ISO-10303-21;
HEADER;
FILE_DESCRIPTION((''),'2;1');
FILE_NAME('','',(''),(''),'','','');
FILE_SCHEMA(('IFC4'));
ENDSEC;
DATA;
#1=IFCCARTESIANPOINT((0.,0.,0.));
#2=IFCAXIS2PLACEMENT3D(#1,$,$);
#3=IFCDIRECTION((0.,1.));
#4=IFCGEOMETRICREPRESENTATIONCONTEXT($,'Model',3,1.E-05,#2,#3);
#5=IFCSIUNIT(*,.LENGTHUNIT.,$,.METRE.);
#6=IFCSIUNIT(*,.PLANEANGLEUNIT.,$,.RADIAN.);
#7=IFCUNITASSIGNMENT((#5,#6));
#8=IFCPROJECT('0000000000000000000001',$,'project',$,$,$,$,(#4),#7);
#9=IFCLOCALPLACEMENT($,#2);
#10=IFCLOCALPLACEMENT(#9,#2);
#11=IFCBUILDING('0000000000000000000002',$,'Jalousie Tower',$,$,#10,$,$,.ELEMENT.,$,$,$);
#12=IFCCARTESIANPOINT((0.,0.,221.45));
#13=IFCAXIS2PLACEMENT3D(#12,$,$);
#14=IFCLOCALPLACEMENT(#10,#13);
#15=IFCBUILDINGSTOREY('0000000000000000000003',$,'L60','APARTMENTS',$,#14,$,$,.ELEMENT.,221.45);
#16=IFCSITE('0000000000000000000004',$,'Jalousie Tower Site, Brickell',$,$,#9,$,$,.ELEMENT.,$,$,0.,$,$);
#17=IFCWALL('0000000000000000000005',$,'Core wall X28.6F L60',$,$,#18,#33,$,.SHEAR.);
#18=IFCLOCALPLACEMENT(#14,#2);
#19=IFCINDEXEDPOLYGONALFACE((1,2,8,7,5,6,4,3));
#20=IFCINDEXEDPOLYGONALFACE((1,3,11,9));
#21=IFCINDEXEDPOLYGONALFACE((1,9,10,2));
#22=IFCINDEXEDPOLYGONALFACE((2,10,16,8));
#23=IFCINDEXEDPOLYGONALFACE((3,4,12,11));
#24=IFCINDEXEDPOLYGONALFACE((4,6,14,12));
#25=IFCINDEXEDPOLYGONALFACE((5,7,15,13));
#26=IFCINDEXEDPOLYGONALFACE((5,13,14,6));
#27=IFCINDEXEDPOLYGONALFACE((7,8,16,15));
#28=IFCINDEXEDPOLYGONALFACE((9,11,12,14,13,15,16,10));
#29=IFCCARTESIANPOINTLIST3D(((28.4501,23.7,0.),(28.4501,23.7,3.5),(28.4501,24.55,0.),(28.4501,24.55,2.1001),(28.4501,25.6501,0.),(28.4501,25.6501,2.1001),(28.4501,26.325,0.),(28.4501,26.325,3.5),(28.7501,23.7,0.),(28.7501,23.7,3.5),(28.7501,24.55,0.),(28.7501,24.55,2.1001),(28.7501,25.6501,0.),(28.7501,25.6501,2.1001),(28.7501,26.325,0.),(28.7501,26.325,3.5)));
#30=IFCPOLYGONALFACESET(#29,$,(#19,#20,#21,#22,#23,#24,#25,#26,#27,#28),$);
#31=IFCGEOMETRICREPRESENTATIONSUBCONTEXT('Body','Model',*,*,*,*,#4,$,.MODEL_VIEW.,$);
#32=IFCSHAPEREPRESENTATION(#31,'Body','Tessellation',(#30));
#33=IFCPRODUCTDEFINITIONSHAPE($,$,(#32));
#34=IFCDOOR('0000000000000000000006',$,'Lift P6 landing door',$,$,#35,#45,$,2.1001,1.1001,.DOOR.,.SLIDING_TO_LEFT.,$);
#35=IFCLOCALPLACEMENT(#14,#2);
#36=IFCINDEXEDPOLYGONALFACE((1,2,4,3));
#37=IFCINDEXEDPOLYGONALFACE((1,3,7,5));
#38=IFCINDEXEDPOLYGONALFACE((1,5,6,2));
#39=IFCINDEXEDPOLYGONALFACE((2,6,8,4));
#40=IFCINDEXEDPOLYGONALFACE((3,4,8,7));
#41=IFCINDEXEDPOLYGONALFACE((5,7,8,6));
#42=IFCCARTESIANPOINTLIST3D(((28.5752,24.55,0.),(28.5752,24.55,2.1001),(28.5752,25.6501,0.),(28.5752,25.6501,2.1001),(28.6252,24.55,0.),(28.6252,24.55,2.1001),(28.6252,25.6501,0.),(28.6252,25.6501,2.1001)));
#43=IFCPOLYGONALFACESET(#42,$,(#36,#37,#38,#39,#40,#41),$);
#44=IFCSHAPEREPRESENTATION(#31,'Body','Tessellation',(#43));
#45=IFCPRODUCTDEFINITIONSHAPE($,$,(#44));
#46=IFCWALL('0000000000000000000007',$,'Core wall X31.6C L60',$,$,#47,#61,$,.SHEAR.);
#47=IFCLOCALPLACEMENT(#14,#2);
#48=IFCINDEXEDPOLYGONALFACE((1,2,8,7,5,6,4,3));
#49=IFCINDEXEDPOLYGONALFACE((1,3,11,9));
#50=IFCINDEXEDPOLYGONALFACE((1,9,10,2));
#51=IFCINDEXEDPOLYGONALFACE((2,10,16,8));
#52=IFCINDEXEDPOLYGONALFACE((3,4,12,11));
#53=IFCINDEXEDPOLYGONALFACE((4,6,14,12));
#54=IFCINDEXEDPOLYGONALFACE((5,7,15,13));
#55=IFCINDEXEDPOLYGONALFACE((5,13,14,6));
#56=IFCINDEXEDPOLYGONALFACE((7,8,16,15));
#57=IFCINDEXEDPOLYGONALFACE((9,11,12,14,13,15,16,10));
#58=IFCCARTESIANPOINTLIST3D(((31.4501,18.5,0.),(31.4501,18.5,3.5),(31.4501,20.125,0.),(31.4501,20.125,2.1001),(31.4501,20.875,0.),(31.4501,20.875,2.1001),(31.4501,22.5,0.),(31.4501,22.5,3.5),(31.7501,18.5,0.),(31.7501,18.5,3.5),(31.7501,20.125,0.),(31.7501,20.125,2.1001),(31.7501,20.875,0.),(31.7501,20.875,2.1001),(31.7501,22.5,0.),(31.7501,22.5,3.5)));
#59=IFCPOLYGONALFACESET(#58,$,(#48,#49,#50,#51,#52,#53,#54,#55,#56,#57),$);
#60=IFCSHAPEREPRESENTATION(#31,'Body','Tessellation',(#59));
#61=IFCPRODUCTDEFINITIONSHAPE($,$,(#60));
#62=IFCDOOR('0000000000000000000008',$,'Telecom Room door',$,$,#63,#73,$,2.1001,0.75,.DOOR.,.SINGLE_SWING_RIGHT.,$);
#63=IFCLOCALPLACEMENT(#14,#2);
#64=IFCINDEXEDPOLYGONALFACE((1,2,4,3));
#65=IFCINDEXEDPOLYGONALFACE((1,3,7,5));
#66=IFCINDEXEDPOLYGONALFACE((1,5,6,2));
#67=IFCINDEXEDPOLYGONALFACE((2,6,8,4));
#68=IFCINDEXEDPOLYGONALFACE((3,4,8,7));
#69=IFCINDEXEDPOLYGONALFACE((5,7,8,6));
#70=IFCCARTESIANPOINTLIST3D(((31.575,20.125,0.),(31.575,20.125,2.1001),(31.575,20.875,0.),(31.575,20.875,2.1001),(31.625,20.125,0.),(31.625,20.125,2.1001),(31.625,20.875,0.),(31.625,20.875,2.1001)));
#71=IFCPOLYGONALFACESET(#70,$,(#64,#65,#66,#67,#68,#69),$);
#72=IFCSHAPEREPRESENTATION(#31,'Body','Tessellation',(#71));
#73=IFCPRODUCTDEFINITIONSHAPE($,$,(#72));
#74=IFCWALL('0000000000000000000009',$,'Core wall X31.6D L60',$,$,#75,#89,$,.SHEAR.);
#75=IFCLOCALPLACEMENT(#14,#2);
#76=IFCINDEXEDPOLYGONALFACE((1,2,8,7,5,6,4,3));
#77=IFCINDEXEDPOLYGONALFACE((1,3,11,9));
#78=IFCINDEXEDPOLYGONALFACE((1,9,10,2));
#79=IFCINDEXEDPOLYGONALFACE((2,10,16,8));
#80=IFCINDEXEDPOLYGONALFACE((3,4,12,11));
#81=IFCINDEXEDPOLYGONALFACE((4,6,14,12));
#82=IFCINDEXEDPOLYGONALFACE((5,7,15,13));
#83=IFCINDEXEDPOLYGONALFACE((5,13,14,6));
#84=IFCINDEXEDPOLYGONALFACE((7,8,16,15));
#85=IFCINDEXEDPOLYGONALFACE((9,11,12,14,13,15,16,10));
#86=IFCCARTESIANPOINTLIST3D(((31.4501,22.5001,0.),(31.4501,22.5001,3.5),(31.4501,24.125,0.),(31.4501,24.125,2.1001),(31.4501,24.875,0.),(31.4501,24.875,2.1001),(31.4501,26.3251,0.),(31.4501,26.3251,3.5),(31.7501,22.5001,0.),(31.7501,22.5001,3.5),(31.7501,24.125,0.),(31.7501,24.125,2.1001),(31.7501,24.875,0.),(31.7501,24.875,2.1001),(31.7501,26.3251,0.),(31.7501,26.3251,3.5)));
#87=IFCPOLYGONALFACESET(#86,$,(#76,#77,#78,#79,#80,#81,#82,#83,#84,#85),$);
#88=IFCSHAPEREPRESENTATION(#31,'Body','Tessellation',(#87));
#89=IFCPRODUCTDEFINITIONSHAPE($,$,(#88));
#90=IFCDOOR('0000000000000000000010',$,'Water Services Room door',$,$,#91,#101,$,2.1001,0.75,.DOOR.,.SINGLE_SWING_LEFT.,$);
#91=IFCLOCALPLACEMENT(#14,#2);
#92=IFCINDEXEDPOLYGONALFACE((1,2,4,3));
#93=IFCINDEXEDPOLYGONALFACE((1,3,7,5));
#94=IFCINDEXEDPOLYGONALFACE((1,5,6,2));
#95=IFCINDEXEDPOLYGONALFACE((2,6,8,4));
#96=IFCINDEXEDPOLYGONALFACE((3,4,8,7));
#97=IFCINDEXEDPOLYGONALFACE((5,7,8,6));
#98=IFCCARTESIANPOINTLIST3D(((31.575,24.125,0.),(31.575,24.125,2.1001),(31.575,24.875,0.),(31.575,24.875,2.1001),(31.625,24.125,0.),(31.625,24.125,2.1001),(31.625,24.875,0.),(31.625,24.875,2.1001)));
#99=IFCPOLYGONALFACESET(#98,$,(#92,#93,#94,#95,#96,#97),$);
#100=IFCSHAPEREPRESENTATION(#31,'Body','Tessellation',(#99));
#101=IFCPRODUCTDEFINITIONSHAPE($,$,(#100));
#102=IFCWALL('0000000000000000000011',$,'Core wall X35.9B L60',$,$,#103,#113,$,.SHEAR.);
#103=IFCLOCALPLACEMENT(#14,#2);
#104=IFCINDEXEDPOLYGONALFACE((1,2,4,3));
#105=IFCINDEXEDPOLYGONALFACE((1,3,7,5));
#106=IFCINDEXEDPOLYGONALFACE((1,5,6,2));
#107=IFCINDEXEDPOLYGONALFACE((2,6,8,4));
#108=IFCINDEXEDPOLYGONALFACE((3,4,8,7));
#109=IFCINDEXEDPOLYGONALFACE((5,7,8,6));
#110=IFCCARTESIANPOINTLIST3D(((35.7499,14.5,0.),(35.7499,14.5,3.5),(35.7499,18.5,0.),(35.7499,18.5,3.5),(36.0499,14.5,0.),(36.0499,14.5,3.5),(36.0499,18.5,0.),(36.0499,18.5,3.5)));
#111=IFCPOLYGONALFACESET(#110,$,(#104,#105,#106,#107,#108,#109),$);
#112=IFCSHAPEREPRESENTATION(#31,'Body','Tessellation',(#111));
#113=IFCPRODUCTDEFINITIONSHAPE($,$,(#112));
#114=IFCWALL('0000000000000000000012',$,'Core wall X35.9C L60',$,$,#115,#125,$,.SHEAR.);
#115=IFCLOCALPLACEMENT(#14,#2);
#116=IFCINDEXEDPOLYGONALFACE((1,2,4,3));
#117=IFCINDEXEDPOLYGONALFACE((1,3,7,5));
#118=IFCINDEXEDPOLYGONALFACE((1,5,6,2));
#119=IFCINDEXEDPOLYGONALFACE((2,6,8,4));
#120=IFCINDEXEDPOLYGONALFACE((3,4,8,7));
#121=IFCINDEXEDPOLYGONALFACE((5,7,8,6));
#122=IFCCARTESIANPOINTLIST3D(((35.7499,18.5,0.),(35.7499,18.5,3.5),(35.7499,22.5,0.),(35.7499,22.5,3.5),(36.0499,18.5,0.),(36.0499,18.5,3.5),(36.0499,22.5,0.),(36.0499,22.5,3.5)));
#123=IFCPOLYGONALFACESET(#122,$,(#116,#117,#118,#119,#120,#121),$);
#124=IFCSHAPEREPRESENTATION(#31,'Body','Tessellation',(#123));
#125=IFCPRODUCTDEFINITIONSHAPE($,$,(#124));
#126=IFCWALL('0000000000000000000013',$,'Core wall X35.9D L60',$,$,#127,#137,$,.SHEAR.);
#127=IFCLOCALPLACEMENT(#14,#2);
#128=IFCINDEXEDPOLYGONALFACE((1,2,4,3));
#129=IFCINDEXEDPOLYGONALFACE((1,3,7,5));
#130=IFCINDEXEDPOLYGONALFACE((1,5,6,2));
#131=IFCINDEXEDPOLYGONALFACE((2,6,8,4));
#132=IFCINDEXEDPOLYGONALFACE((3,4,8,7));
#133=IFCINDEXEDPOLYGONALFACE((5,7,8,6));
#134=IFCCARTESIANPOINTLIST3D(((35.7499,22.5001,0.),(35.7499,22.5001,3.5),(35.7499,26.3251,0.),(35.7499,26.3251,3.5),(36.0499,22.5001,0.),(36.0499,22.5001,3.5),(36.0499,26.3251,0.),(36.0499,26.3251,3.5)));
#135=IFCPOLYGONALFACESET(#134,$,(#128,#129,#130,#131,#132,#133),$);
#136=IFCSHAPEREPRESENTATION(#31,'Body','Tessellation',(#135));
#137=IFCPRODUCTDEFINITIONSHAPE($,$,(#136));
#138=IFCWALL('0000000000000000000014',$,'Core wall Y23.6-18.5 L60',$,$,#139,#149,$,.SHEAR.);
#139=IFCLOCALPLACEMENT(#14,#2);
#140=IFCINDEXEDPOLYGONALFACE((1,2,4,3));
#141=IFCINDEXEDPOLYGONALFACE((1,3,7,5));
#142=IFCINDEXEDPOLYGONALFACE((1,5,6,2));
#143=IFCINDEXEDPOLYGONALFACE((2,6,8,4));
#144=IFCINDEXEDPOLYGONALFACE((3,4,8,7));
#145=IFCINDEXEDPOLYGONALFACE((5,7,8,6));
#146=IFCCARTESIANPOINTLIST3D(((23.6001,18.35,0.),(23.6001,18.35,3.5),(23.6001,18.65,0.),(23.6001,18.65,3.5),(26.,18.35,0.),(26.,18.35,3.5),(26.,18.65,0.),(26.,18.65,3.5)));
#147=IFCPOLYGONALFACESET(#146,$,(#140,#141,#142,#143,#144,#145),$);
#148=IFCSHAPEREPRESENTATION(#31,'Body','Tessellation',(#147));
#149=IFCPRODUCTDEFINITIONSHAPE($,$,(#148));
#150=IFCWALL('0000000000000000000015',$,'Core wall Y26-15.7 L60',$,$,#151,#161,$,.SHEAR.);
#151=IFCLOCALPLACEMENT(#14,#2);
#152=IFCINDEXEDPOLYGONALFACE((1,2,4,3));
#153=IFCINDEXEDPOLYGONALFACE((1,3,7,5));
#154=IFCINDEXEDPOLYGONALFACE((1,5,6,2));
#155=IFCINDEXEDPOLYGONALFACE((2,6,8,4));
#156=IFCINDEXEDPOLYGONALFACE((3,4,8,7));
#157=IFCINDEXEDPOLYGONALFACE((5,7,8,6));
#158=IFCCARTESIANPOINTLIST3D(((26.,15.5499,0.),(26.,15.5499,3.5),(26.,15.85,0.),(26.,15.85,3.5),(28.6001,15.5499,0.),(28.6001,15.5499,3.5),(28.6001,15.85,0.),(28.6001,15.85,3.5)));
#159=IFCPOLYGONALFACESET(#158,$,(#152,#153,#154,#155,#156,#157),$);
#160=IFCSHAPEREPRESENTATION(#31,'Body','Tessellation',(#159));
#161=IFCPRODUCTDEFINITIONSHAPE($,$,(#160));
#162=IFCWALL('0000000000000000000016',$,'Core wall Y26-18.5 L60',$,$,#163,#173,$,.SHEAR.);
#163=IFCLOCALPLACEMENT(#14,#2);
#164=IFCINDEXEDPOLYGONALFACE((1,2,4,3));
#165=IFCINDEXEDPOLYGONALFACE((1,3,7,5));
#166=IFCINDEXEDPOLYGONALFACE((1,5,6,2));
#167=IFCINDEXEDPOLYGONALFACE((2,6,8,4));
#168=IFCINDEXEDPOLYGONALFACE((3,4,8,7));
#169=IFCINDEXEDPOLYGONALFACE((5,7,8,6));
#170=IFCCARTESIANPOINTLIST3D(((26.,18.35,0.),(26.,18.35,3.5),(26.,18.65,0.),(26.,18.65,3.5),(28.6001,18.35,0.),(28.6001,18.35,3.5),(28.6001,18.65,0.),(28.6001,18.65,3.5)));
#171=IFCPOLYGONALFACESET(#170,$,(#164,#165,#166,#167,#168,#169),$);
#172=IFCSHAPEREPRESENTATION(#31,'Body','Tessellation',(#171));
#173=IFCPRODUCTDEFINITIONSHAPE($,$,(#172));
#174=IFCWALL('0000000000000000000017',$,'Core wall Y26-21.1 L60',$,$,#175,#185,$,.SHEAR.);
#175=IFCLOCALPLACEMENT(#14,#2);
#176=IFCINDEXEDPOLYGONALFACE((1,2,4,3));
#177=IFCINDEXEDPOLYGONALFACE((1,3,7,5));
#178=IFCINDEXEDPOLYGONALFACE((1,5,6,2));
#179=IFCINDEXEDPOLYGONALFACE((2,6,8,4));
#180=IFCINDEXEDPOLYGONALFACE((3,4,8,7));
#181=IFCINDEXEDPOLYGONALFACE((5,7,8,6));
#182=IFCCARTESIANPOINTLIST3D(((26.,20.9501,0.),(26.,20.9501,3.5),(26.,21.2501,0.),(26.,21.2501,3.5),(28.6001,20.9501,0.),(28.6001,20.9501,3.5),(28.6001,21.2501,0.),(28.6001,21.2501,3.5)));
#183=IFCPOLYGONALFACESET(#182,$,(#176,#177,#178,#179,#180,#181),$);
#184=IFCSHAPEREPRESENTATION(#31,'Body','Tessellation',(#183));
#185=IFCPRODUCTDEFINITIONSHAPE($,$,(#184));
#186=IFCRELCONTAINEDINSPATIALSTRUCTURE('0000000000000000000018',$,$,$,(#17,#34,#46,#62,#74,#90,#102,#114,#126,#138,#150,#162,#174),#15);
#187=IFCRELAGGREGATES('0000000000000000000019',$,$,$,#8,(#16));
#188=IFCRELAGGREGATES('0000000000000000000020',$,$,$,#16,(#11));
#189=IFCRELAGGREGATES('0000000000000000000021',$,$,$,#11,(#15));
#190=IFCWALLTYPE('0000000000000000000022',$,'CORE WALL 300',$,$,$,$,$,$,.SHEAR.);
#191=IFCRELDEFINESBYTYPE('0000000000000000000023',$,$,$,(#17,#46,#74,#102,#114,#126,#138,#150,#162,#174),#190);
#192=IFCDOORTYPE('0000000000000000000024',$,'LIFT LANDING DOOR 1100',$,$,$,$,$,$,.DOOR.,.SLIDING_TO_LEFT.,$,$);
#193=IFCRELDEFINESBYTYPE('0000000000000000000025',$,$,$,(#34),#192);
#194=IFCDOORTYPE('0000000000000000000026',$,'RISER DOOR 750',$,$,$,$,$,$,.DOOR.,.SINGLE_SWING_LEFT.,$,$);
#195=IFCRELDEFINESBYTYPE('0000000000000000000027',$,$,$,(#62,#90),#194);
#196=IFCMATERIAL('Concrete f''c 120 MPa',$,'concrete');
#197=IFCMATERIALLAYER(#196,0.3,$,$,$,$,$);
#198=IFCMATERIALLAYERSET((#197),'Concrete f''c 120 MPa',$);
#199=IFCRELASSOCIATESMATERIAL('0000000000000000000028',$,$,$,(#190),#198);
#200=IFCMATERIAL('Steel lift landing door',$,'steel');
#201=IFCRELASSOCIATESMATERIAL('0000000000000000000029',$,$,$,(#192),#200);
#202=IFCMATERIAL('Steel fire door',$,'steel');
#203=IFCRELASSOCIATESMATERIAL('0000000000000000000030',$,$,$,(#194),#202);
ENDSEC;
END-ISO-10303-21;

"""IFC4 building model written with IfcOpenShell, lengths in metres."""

from ifc_helpers import new_model, si_unit, direction, frame, frame_2d, origin, place, context, subcontext, project, spatial, rectangle, extrude, material, layer, layer_set, type_object, element, fill, save


model = new_model("IFC4")

# Units and contexts
model_context = context("Model", 3, precision=1e-05, world=origin(), true_north=direction((0.0, 1.0)))
body_context = subcontext(model_context, "Body", "Model", "MODEL_VIEW")
ifc_project = project(units=[si_unit("LENGTHUNIT", "METRE"), si_unit("PLANEANGLEUNIT", "RADIAN")], contexts=[model_context])

# Site, building, storey
site_placement = place(None, origin())
site = spatial("IfcSite", under=ifc_project, at=site_placement, Name="Jalousie Tower Site, Brickell", CompositionType="ELEMENT", RefElevation=0.0)
building_placement = place(site_placement, origin())
building = spatial("IfcBuilding", under=site, at=building_placement, Name="Jalousie Tower", CompositionType="ELEMENT")
storey_placement = place(building_placement, frame((0.0, 0.0, 221.45)))
storey = spatial("IfcBuildingStorey", under=building, at=storey_placement, Name="L60", Description="APARTMENTS", CompositionType="ELEMENT", Elevation=221.45)

# Shared definitions
ifc_material_1 = material(Name="Concrete f'c 120 MPa", Category="concrete")
ifc_layer = layer(ifc_material_1, 0.3)
ifc_layer_set = layer_set([ifc_layer], Name="Concrete f'c 120 MPa")
wall_type = type_object("IfcWallType", Name="CORE WALL 300", PredefinedType="SHEAR", material=ifc_layer_set)

# Walls, openings, doors
ifc_material_2 = material(Name="Steel lift landing door", Category="steel")
door_type_1 = type_object("IfcDoorType", Name="LIFT LANDING DOOR 1100", OperationType="SLIDING_TO_LEFT", PredefinedType="DOOR", material=ifc_material_2)
wall_1_placement = place(storey_placement, frame((28.6001, 23.7, 0.0), z_axis=(0.0, 0.0, 1.0), x_axis=(0.0, 1.0, 0.0)))
wall_1 = element("IfcWall", 1, at=wall_1_placement, inside=storey, type_object=wall_type, Name="Core wall X28.6F L60", PredefinedType="SHEAR", context=body_context, shape_type="SweptSolid", body=[
    extrude(rectangle(XDim=2.625, YDim=0.3, at=frame_2d((1.3125, 0.0))), origin(), (0.0, 0.0, 1.0), 3.5),
])
opening_1_placement = place(wall_1_placement, frame((0.8501, 0.0, 0.0)))
opening_1 = element("IfcOpeningElement", 2, at=opening_1_placement, cuts=wall_1, PredefinedType="OPENING", context=body_context, shape_type="SweptSolid", body=[
    extrude(rectangle(XDim=1.1001, YDim=2.1001, at=frame_2d((0.55, 1.05))), frame((0.0, 0.1599, 0.0), z_axis=(0.0, -1.0, 0.0), x_axis=(1.0, 0.0, 0.0)), (0.0, 0.0, 1.0), 0.3201),
])
door_1_placement = place(opening_1_placement, origin())
door_1 = element("IfcDoor", 3, at=door_1_placement, inside=storey, type_object=door_type_1, Name="Lift P6 landing door", OperationType="SLIDING_TO_LEFT", OverallHeight=2.1001, OverallWidth=1.1001, PredefinedType="DOOR", context=body_context, shape_type="SweptSolid", body=[
    extrude(rectangle(XDim=1.1001, YDim=2.1001, at=frame_2d((0.55, 1.05))), frame((0.0, 0.0249, 0.0), z_axis=(0.0, -1.0, 0.0), x_axis=(1.0, 0.0, 0.0)), (0.0, 0.0, 1.0), 0.05),
])
fill(opening_1, door_1)
wall_2_placement = place(storey_placement, frame((31.6001, 18.5, 0.0), z_axis=(0.0, 0.0, 1.0), x_axis=(0.0, 1.0, 0.0)))
wall_2 = element("IfcWall", 4, at=wall_2_placement, inside=storey, type_object=wall_type, Name="Core wall X31.6C L60", PredefinedType="SHEAR", context=body_context, shape_type="SweptSolid", body=[
    extrude(rectangle(XDim=4.0, YDim=0.3, at=frame_2d((2.0, 0.0))), origin(), (0.0, 0.0, 1.0), 3.5),
])
opening_2_placement = place(wall_2_placement, frame((1.625, 0.0, 0.0)))
opening_2 = element("IfcOpeningElement", 5, at=opening_2_placement, cuts=wall_2, PredefinedType="OPENING", context=body_context, shape_type="SweptSolid", body=[
    extrude(rectangle(XDim=0.75, YDim=2.1001, at=frame_2d((0.375, 1.05))), frame((0.0, 0.1599, 0.0), z_axis=(0.0, -1.0, 0.0), x_axis=(1.0, 0.0, 0.0)), (0.0, 0.0, 1.0), 0.3201),
])
ifc_material_3 = material(Name="Steel fire door", Category="steel")
door_type_2 = type_object("IfcDoorType", Name="RISER DOOR 750", OperationType="SINGLE_SWING_LEFT", PredefinedType="DOOR", material=ifc_material_3)
door_2_placement = place(opening_2_placement, frame((0.75, 0.0, 0.0), z_axis=(0.0, 0.0, 1.0), x_axis=(-1.0, 0.0, 0.0)))
door_2 = element("IfcDoor", 6, at=door_2_placement, inside=storey, type_object=door_type_2, Name="Telecom Room door", OperationType="SINGLE_SWING_RIGHT", OverallHeight=2.1001, OverallWidth=0.75, PredefinedType="DOOR", context=body_context, shape_type="SweptSolid", body=[
    extrude(rectangle(XDim=0.75, YDim=2.1001, at=frame_2d((0.375, 1.05))), frame((0.0, 0.0249, 0.0), z_axis=(0.0, -1.0, 0.0), x_axis=(1.0, 0.0, 0.0)), (0.0, 0.0, 1.0), 0.05),
])
fill(opening_2, door_2)
wall_3_placement = place(storey_placement, frame((31.6001, 22.5, 0.0), z_axis=(0.0, 0.0, 1.0), x_axis=(0.0, 1.0, 0.0)))
wall_3 = element("IfcWall", 7, at=wall_3_placement, inside=storey, type_object=wall_type, Name="Core wall X31.6D L60", PredefinedType="SHEAR", context=body_context, shape_type="SweptSolid", body=[
    extrude(rectangle(XDim=3.825, YDim=0.3, at=frame_2d((1.9126, 0.0))), origin(), (0.0, 0.0, 1.0), 3.5),
])
opening_3_placement = place(wall_3_placement, frame((1.625, 0.0, 0.0)))
opening_3 = element("IfcOpeningElement", 8, at=opening_3_placement, cuts=wall_3, PredefinedType="OPENING", context=body_context, shape_type="SweptSolid", body=[
    extrude(rectangle(XDim=0.75, YDim=2.1001, at=frame_2d((0.375, 1.05))), frame((0.0, 0.1599, 0.0), z_axis=(0.0, -1.0, 0.0), x_axis=(1.0, 0.0, 0.0)), (0.0, 0.0, 1.0), 0.3201),
])
door_3_placement = place(opening_3_placement, frame((0.75, 0.0, 0.0), z_axis=(0.0, 0.0, 1.0), x_axis=(-1.0, 0.0, 0.0)))
door_3 = element("IfcDoor", 9, at=door_3_placement, inside=storey, type_object=door_type_2, Name="Water Services Room door", OperationType="SINGLE_SWING_LEFT", OverallHeight=2.1001, OverallWidth=0.75, PredefinedType="DOOR", context=body_context, shape_type="SweptSolid", body=[
    extrude(rectangle(XDim=0.75, YDim=2.1001, at=frame_2d((0.375, 1.05))), frame((0.0, 0.0249, 0.0), z_axis=(0.0, -1.0, 0.0), x_axis=(1.0, 0.0, 0.0)), (0.0, 0.0, 1.0), 0.05),
])
fill(opening_3, door_3)

# Walls
for number, where, z_axis, x_axis, name in (
    (10, (35.8999, 14.5, 0.0), (0.0, 0.0, 1.0), (0.0, 1.0, 0.0), "Core wall X35.9B L60"),
    (11, (35.8999, 18.5, 0.0), (0.0, 0.0, 1.0), (0.0, 1.0, 0.0), "Core wall X35.9C L60"),
):
    element("IfcWall", number, at=place(storey_placement, frame(where, z_axis=z_axis, x_axis=x_axis)), inside=storey, type_object=wall_type, Name=name, PredefinedType="SHEAR", context=body_context, shape_type="SweptSolid", body=[
        extrude(rectangle(XDim=4.0, YDim=0.3, at=frame_2d((2.0, 0.0))), origin(), (0.0, 0.0, 1.0), 3.5),
    ])
wall_4_placement = place(storey_placement, frame((35.8999, 22.5, 0.0), z_axis=(0.0, 0.0, 1.0), x_axis=(0.0, 1.0, 0.0)))
element("IfcWall", 12, at=wall_4_placement, inside=storey, type_object=wall_type, Name="Core wall X35.9D L60", PredefinedType="SHEAR", context=body_context, shape_type="SweptSolid", body=[
    extrude(rectangle(XDim=3.825, YDim=0.3, at=frame_2d((1.9126, 0.0))), origin(), (0.0, 0.0, 1.0), 3.5),
])
wall_5_placement = place(storey_placement, frame((23.6001, 18.5, 0.0), z_axis=(0.0, 0.0, 1.0), x_axis=(1.0, 0.0, 0.0)))
element("IfcWall", 13, at=wall_5_placement, inside=storey, type_object=wall_type, Name="Core wall Y23.6-18.5 L60", PredefinedType="SHEAR", context=body_context, shape_type="SweptSolid", body=[
    extrude(rectangle(XDim=2.3999, YDim=0.3, at=frame_2d((1.2, 0.0))), origin(), (0.0, 0.0, 1.0), 3.5),
])
for number, where, z_axis, x_axis, name in (
    (14, (26.0, 15.7, 0.0), (0.0, 0.0, 1.0), (1.0, 0.0, 0.0), "Core wall Y26-15.7 L60"),
    (15, (26.0, 18.5, 0.0), (0.0, 0.0, 1.0), (1.0, 0.0, 0.0), "Core wall Y26-18.5 L60"),
    (16, (26.0, 21.1001, 0.0), (0.0, 0.0, 1.0), (1.0, 0.0, 0.0), "Core wall Y26-21.1 L60"),
):
    element("IfcWall", number, at=place(storey_placement, frame(where, z_axis=z_axis, x_axis=x_axis)), inside=storey, type_object=wall_type, Name=name, PredefinedType="SHEAR", context=body_context, shape_type="SweptSolid", body=[
        extrude(rectangle(XDim=2.6001, YDim=0.3, at=frame_2d((1.3, 0.0))), origin(), (0.0, 0.0, 1.0), 3.5),
    ])

save(model, "model.ifc")
